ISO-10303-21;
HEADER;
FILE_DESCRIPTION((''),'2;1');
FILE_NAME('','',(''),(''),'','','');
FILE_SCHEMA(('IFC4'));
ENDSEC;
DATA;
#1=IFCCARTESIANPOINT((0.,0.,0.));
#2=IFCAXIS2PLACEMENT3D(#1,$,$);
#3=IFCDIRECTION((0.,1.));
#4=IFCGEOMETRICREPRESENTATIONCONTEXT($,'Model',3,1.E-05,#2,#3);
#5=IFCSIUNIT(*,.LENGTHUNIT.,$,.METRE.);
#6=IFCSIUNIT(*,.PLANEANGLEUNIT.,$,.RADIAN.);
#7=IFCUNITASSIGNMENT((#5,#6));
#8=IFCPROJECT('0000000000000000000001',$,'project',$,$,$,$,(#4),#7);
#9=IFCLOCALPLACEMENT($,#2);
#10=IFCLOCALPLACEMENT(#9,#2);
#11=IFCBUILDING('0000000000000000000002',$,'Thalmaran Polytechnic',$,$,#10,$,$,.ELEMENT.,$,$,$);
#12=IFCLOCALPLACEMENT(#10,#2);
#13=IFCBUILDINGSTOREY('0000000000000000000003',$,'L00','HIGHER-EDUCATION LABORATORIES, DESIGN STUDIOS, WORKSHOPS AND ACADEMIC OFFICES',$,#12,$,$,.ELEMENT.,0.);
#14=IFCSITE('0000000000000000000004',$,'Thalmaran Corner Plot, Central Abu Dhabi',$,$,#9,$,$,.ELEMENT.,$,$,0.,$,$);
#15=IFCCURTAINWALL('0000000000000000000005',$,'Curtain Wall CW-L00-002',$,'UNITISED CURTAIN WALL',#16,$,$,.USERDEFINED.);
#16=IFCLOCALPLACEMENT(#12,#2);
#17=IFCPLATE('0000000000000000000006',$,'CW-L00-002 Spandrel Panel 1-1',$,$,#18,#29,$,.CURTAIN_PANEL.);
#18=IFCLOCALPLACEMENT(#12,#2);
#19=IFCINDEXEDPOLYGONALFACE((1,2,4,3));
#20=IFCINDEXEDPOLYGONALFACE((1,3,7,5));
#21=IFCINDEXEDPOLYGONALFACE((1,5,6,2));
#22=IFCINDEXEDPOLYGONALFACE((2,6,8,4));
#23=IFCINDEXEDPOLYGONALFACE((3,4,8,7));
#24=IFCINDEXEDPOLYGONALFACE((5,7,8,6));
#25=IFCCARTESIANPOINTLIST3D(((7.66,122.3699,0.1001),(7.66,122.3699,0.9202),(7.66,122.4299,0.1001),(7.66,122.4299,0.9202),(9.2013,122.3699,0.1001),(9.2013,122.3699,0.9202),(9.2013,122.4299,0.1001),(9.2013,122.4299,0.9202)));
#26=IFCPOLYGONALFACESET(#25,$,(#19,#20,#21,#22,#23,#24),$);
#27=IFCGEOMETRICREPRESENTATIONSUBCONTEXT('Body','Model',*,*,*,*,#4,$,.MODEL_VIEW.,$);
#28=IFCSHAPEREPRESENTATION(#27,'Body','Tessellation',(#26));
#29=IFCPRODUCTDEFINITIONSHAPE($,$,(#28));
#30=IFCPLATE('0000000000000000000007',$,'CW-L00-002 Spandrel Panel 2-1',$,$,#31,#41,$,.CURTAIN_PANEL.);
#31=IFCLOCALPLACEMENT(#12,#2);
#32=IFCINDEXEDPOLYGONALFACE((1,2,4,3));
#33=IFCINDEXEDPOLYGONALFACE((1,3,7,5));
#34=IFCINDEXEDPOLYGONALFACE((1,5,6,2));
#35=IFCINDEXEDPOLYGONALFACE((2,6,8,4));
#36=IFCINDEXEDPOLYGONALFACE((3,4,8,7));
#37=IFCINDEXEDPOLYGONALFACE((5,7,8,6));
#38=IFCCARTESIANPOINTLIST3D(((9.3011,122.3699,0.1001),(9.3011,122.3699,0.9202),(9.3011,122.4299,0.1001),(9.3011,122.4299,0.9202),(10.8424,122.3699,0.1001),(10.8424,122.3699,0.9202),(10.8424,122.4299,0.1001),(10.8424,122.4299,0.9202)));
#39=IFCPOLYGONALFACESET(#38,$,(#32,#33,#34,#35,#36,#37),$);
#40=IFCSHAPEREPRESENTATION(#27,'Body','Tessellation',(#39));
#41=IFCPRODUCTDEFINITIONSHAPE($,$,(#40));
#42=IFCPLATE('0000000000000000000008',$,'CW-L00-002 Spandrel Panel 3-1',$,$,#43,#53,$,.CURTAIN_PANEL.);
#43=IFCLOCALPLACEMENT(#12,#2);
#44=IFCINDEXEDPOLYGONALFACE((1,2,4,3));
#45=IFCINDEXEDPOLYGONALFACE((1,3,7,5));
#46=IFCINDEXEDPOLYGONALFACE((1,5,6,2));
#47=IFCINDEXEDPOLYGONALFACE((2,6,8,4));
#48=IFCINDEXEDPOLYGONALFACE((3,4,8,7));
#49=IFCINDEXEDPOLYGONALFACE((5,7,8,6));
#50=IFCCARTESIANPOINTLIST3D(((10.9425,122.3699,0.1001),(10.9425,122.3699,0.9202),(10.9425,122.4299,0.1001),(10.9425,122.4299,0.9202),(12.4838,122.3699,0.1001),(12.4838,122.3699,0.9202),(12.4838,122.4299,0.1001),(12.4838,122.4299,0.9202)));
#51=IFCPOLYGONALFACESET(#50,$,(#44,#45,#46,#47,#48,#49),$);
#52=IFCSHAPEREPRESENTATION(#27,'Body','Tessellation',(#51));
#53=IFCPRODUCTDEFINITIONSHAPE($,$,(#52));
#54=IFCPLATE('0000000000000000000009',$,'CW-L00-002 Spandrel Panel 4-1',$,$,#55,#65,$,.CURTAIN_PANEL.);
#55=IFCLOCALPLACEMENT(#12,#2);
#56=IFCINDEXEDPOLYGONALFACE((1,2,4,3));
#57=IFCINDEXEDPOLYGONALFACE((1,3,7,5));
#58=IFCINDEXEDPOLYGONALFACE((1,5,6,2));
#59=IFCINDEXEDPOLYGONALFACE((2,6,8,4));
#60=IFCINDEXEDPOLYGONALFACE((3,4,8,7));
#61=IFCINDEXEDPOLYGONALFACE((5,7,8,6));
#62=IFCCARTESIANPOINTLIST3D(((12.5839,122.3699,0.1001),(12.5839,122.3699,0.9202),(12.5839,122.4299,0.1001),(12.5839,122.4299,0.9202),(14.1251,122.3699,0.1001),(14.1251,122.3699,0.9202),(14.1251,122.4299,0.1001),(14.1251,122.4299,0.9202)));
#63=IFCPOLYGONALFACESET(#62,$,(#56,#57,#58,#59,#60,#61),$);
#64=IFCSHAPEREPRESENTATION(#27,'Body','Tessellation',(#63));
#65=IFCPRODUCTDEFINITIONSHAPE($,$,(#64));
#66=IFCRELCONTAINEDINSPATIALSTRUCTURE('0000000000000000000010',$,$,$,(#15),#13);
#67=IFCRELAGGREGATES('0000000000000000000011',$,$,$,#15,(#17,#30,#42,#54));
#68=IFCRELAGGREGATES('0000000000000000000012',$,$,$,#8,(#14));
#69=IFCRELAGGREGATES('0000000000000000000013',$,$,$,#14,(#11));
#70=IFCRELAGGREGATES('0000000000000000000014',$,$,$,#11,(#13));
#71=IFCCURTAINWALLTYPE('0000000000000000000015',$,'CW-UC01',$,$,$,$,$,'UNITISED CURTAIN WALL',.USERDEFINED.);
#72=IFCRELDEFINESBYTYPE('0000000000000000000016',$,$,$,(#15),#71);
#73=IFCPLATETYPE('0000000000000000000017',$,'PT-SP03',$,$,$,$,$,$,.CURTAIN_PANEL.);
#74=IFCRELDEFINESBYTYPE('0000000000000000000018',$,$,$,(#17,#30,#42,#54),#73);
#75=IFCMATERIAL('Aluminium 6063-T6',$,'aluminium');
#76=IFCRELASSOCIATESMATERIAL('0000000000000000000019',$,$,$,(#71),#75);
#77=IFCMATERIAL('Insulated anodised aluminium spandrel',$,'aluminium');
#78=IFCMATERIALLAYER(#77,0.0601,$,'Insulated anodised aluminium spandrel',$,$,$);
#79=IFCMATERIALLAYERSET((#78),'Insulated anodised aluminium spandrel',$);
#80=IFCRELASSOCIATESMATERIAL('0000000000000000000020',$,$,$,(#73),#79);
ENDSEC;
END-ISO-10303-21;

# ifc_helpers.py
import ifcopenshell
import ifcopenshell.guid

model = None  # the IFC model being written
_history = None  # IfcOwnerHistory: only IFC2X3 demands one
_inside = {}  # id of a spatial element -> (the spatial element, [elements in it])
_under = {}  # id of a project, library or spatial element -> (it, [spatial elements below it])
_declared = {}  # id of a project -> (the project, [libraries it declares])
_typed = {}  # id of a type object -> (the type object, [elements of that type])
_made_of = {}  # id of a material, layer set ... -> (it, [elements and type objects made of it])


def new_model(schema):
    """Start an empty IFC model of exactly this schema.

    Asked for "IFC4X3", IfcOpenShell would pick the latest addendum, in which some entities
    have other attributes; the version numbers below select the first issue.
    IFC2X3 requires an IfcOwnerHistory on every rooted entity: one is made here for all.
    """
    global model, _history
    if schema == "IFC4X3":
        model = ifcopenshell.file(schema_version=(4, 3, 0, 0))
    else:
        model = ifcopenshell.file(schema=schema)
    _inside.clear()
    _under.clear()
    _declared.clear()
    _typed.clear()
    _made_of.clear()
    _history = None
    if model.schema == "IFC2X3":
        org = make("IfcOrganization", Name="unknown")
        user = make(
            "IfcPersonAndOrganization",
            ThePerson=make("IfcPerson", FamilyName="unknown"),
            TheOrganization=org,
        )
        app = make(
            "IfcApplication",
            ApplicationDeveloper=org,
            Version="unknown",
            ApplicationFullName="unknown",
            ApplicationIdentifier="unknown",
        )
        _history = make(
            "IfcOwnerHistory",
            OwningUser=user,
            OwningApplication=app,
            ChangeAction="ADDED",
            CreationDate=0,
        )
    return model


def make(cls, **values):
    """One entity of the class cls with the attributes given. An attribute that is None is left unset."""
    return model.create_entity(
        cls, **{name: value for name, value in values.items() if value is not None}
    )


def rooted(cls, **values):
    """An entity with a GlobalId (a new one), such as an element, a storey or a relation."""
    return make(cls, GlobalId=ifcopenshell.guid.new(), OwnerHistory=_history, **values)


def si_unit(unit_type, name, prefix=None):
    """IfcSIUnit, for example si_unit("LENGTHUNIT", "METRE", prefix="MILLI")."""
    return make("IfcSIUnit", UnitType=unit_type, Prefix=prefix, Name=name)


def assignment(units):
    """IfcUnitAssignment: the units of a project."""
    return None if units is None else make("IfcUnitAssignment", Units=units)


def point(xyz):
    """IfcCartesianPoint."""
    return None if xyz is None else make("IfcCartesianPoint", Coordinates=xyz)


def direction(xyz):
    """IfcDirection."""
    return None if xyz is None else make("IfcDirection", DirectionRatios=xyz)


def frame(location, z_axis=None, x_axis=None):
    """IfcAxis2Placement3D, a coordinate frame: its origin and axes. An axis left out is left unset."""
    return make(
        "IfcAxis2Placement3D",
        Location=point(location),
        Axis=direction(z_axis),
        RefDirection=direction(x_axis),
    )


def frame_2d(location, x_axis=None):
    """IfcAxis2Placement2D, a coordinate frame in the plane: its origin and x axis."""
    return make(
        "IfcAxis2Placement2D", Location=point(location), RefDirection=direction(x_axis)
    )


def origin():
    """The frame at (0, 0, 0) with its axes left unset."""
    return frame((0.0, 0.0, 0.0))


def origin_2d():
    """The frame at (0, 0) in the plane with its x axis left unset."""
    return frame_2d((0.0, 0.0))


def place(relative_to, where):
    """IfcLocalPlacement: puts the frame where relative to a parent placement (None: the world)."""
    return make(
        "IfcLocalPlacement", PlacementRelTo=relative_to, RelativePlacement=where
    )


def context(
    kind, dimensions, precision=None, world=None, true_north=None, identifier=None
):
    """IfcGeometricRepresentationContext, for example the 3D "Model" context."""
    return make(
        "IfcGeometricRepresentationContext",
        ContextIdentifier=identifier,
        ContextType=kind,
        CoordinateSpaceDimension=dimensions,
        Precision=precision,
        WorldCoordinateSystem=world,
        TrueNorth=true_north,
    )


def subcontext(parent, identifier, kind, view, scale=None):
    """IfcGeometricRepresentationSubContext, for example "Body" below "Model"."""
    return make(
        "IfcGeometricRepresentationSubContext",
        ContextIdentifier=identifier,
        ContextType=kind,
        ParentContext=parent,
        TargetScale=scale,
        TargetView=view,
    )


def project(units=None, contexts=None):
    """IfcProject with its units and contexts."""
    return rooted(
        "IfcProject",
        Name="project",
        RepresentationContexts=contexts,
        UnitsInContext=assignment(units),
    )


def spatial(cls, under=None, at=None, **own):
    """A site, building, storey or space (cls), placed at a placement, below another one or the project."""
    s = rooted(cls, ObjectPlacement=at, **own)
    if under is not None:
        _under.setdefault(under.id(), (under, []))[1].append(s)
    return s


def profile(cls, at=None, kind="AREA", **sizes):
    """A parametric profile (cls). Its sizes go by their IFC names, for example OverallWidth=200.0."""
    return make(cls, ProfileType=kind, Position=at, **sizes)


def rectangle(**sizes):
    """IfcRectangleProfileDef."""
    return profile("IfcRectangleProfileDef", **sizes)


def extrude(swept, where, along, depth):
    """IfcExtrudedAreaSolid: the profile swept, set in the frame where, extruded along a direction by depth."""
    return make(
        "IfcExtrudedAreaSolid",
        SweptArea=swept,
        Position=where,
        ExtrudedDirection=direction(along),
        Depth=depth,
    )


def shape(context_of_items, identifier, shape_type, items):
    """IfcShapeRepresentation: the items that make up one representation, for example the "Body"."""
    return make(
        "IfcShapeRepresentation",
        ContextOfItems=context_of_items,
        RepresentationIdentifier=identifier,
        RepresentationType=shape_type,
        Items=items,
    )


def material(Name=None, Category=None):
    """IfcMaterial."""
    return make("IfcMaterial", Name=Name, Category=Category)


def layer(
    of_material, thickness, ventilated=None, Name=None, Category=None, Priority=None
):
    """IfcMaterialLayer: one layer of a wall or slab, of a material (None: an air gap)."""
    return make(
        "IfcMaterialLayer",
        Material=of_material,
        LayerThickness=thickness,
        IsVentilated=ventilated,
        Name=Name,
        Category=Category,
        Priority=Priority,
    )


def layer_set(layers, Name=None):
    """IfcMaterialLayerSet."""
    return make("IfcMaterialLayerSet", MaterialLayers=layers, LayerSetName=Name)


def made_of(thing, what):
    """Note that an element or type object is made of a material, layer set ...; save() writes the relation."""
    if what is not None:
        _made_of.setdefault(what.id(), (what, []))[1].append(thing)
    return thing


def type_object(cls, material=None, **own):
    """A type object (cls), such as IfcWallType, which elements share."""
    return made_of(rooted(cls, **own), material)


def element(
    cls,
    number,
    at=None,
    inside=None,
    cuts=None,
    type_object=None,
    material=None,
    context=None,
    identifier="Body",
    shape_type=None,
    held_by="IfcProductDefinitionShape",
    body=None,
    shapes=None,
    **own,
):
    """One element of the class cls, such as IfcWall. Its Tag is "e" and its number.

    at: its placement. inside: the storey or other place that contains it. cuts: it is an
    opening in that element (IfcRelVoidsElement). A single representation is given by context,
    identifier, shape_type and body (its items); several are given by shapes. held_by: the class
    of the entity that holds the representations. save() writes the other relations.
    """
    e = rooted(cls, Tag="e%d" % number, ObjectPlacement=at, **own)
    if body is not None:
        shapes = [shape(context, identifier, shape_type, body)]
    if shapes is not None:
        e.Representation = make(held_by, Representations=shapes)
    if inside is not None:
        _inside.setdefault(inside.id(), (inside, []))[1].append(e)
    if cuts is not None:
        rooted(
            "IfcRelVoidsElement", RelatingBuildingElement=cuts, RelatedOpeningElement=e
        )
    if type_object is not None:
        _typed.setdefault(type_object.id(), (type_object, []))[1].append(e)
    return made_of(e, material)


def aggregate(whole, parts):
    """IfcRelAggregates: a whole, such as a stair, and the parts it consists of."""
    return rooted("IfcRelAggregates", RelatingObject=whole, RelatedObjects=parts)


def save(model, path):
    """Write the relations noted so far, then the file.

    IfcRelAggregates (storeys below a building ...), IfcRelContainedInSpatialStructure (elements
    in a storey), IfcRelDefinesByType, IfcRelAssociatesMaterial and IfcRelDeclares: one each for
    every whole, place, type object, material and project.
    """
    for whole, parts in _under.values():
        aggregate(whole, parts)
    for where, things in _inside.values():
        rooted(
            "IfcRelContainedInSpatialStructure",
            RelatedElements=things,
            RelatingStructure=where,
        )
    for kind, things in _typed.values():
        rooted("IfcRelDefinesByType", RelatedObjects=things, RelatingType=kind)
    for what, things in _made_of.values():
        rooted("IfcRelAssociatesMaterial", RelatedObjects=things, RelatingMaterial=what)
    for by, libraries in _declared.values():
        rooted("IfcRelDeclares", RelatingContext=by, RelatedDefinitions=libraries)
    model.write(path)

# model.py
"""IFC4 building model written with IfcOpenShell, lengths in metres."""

from ifc_helpers import new_model, si_unit, direction, frame, origin, origin_2d, place, context, subcontext, project, spatial, rectangle, extrude, material, layer, layer_set, type_object, element, aggregate, save


model = new_model("IFC4")

# Units and contexts
model_context = context("Model", 3, precision=1e-05, world=origin(), true_north=direction((0.0, 1.0)))
body_context = subcontext(model_context, "Body", "Model", "MODEL_VIEW")
ifc_project = project(units=[si_unit("LENGTHUNIT", "METRE"), si_unit("PLANEANGLEUNIT", "RADIAN")], contexts=[model_context])

# Site, building, storey
site_placement = place(None, origin())
site = spatial("IfcSite", under=ifc_project, at=site_placement, Name="Thalmaran Corner Plot, Central Abu Dhabi", CompositionType="ELEMENT", RefElevation=0.0)
building_placement = place(site_placement, origin())
building = spatial("IfcBuilding", under=site, at=building_placement, Name="Thalmaran Polytechnic", CompositionType="ELEMENT")
storey_placement = place(building_placement, origin())
storey = spatial("IfcBuildingStorey", under=building, at=storey_placement, Name="L00", Description="HIGHER-EDUCATION LABORATORIES, DESIGN STUDIOS, WORKSHOPS AND ACADEMIC OFFICES", CompositionType="ELEMENT", Elevation=0.0)

# Curtain wall
ifc_material_1 = material(Name="Aluminium 6063-T6", Category="aluminium")
curtain_wall_type = type_object("IfcCurtainWallType", Name="CW-UC01", ElementType="UNITISED CURTAIN WALL", PredefinedType="USERDEFINED", material=ifc_material_1)
curtain_wall_placement = place(storey_placement, origin())
curtain_wall = element("IfcCurtainWall", 1, at=curtain_wall_placement, inside=storey, type_object=curtain_wall_type, Name="Curtain Wall CW-L00-002", ObjectType="UNITISED CURTAIN WALL", PredefinedType="USERDEFINED")

# Plates
ifc_material_2 = material(Name="Insulated anodised aluminium spandrel", Category="aluminium")
ifc_layer_1 = layer(ifc_material_2, 0.0601, Name="Insulated anodised aluminium spandrel")
ifc_layer_set_1 = layer_set([ifc_layer_1], Name="Insulated anodised aluminium spandrel")
plate_type_1 = type_object("IfcPlateType", Name="PT-SP03", PredefinedType="CURTAIN_PANEL", material=ifc_layer_set_1)
plate_1_placement = place(storey_placement, frame((8.4307, 122.3999, 0.1001), z_axis=(0.0, 0.0, 1.0), x_axis=(1.0, 0.0, 0.0)))
plate_1 = element("IfcPlate", 2, at=plate_1_placement, type_object=plate_type_1, Name="CW-L00-002 Spandrel Panel 1-1", PredefinedType="CURTAIN_PANEL", context=body_context, shape_type="SweptSolid", body=[
    extrude(rectangle(XDim=1.5413, YDim=0.0601, at=origin_2d()), origin(), (0.0, 0.0, 1.0), 0.8201),
])
plate_2_placement = place(storey_placement, frame((10.0718, 122.3999, 0.1001), z_axis=(0.0, 0.0, 1.0), x_axis=(1.0, 0.0, 0.0)))
plate_2 = element("IfcPlate", 3, at=plate_2_placement, type_object=plate_type_1, Name="CW-L00-002 Spandrel Panel 2-1", PredefinedType="CURTAIN_PANEL", context=body_context, shape_type="SweptSolid", body=[
    extrude(rectangle(XDim=1.5413, YDim=0.0601, at=origin_2d()), origin(), (0.0, 0.0, 1.0), 0.8201),
])
plate_3_placement = place(storey_placement, frame((11.7131, 122.3999, 0.1001), z_axis=(0.0, 0.0, 1.0), x_axis=(1.0, 0.0, 0.0)))
plate_3 = element("IfcPlate", 4, at=plate_3_placement, type_object=plate_type_1, Name="CW-L00-002 Spandrel Panel 3-1", PredefinedType="CURTAIN_PANEL", context=body_context, shape_type="SweptSolid", body=[
    extrude(rectangle(XDim=1.5413, YDim=0.0601, at=origin_2d()), origin(), (0.0, 0.0, 1.0), 0.8201),
])
plate_4_placement = place(storey_placement, frame((13.3545, 122.3999, 0.1001), z_axis=(0.0, 0.0, 1.0), x_axis=(1.0, 0.0, 0.0)))
plate_4 = element("IfcPlate", 5, at=plate_4_placement, type_object=plate_type_1, Name="CW-L00-002 Spandrel Panel 4-1", PredefinedType="CURTAIN_PANEL", context=body_context, shape_type="SweptSolid", body=[
    extrude(rectangle(XDim=1.5413, YDim=0.0601, at=origin_2d()), origin(), (0.0, 0.0, 1.0), 0.8201),
])
aggregate(curtain_wall, [plate_1, plate_2, plate_3, plate_4])

save(model, "model.ifc")
